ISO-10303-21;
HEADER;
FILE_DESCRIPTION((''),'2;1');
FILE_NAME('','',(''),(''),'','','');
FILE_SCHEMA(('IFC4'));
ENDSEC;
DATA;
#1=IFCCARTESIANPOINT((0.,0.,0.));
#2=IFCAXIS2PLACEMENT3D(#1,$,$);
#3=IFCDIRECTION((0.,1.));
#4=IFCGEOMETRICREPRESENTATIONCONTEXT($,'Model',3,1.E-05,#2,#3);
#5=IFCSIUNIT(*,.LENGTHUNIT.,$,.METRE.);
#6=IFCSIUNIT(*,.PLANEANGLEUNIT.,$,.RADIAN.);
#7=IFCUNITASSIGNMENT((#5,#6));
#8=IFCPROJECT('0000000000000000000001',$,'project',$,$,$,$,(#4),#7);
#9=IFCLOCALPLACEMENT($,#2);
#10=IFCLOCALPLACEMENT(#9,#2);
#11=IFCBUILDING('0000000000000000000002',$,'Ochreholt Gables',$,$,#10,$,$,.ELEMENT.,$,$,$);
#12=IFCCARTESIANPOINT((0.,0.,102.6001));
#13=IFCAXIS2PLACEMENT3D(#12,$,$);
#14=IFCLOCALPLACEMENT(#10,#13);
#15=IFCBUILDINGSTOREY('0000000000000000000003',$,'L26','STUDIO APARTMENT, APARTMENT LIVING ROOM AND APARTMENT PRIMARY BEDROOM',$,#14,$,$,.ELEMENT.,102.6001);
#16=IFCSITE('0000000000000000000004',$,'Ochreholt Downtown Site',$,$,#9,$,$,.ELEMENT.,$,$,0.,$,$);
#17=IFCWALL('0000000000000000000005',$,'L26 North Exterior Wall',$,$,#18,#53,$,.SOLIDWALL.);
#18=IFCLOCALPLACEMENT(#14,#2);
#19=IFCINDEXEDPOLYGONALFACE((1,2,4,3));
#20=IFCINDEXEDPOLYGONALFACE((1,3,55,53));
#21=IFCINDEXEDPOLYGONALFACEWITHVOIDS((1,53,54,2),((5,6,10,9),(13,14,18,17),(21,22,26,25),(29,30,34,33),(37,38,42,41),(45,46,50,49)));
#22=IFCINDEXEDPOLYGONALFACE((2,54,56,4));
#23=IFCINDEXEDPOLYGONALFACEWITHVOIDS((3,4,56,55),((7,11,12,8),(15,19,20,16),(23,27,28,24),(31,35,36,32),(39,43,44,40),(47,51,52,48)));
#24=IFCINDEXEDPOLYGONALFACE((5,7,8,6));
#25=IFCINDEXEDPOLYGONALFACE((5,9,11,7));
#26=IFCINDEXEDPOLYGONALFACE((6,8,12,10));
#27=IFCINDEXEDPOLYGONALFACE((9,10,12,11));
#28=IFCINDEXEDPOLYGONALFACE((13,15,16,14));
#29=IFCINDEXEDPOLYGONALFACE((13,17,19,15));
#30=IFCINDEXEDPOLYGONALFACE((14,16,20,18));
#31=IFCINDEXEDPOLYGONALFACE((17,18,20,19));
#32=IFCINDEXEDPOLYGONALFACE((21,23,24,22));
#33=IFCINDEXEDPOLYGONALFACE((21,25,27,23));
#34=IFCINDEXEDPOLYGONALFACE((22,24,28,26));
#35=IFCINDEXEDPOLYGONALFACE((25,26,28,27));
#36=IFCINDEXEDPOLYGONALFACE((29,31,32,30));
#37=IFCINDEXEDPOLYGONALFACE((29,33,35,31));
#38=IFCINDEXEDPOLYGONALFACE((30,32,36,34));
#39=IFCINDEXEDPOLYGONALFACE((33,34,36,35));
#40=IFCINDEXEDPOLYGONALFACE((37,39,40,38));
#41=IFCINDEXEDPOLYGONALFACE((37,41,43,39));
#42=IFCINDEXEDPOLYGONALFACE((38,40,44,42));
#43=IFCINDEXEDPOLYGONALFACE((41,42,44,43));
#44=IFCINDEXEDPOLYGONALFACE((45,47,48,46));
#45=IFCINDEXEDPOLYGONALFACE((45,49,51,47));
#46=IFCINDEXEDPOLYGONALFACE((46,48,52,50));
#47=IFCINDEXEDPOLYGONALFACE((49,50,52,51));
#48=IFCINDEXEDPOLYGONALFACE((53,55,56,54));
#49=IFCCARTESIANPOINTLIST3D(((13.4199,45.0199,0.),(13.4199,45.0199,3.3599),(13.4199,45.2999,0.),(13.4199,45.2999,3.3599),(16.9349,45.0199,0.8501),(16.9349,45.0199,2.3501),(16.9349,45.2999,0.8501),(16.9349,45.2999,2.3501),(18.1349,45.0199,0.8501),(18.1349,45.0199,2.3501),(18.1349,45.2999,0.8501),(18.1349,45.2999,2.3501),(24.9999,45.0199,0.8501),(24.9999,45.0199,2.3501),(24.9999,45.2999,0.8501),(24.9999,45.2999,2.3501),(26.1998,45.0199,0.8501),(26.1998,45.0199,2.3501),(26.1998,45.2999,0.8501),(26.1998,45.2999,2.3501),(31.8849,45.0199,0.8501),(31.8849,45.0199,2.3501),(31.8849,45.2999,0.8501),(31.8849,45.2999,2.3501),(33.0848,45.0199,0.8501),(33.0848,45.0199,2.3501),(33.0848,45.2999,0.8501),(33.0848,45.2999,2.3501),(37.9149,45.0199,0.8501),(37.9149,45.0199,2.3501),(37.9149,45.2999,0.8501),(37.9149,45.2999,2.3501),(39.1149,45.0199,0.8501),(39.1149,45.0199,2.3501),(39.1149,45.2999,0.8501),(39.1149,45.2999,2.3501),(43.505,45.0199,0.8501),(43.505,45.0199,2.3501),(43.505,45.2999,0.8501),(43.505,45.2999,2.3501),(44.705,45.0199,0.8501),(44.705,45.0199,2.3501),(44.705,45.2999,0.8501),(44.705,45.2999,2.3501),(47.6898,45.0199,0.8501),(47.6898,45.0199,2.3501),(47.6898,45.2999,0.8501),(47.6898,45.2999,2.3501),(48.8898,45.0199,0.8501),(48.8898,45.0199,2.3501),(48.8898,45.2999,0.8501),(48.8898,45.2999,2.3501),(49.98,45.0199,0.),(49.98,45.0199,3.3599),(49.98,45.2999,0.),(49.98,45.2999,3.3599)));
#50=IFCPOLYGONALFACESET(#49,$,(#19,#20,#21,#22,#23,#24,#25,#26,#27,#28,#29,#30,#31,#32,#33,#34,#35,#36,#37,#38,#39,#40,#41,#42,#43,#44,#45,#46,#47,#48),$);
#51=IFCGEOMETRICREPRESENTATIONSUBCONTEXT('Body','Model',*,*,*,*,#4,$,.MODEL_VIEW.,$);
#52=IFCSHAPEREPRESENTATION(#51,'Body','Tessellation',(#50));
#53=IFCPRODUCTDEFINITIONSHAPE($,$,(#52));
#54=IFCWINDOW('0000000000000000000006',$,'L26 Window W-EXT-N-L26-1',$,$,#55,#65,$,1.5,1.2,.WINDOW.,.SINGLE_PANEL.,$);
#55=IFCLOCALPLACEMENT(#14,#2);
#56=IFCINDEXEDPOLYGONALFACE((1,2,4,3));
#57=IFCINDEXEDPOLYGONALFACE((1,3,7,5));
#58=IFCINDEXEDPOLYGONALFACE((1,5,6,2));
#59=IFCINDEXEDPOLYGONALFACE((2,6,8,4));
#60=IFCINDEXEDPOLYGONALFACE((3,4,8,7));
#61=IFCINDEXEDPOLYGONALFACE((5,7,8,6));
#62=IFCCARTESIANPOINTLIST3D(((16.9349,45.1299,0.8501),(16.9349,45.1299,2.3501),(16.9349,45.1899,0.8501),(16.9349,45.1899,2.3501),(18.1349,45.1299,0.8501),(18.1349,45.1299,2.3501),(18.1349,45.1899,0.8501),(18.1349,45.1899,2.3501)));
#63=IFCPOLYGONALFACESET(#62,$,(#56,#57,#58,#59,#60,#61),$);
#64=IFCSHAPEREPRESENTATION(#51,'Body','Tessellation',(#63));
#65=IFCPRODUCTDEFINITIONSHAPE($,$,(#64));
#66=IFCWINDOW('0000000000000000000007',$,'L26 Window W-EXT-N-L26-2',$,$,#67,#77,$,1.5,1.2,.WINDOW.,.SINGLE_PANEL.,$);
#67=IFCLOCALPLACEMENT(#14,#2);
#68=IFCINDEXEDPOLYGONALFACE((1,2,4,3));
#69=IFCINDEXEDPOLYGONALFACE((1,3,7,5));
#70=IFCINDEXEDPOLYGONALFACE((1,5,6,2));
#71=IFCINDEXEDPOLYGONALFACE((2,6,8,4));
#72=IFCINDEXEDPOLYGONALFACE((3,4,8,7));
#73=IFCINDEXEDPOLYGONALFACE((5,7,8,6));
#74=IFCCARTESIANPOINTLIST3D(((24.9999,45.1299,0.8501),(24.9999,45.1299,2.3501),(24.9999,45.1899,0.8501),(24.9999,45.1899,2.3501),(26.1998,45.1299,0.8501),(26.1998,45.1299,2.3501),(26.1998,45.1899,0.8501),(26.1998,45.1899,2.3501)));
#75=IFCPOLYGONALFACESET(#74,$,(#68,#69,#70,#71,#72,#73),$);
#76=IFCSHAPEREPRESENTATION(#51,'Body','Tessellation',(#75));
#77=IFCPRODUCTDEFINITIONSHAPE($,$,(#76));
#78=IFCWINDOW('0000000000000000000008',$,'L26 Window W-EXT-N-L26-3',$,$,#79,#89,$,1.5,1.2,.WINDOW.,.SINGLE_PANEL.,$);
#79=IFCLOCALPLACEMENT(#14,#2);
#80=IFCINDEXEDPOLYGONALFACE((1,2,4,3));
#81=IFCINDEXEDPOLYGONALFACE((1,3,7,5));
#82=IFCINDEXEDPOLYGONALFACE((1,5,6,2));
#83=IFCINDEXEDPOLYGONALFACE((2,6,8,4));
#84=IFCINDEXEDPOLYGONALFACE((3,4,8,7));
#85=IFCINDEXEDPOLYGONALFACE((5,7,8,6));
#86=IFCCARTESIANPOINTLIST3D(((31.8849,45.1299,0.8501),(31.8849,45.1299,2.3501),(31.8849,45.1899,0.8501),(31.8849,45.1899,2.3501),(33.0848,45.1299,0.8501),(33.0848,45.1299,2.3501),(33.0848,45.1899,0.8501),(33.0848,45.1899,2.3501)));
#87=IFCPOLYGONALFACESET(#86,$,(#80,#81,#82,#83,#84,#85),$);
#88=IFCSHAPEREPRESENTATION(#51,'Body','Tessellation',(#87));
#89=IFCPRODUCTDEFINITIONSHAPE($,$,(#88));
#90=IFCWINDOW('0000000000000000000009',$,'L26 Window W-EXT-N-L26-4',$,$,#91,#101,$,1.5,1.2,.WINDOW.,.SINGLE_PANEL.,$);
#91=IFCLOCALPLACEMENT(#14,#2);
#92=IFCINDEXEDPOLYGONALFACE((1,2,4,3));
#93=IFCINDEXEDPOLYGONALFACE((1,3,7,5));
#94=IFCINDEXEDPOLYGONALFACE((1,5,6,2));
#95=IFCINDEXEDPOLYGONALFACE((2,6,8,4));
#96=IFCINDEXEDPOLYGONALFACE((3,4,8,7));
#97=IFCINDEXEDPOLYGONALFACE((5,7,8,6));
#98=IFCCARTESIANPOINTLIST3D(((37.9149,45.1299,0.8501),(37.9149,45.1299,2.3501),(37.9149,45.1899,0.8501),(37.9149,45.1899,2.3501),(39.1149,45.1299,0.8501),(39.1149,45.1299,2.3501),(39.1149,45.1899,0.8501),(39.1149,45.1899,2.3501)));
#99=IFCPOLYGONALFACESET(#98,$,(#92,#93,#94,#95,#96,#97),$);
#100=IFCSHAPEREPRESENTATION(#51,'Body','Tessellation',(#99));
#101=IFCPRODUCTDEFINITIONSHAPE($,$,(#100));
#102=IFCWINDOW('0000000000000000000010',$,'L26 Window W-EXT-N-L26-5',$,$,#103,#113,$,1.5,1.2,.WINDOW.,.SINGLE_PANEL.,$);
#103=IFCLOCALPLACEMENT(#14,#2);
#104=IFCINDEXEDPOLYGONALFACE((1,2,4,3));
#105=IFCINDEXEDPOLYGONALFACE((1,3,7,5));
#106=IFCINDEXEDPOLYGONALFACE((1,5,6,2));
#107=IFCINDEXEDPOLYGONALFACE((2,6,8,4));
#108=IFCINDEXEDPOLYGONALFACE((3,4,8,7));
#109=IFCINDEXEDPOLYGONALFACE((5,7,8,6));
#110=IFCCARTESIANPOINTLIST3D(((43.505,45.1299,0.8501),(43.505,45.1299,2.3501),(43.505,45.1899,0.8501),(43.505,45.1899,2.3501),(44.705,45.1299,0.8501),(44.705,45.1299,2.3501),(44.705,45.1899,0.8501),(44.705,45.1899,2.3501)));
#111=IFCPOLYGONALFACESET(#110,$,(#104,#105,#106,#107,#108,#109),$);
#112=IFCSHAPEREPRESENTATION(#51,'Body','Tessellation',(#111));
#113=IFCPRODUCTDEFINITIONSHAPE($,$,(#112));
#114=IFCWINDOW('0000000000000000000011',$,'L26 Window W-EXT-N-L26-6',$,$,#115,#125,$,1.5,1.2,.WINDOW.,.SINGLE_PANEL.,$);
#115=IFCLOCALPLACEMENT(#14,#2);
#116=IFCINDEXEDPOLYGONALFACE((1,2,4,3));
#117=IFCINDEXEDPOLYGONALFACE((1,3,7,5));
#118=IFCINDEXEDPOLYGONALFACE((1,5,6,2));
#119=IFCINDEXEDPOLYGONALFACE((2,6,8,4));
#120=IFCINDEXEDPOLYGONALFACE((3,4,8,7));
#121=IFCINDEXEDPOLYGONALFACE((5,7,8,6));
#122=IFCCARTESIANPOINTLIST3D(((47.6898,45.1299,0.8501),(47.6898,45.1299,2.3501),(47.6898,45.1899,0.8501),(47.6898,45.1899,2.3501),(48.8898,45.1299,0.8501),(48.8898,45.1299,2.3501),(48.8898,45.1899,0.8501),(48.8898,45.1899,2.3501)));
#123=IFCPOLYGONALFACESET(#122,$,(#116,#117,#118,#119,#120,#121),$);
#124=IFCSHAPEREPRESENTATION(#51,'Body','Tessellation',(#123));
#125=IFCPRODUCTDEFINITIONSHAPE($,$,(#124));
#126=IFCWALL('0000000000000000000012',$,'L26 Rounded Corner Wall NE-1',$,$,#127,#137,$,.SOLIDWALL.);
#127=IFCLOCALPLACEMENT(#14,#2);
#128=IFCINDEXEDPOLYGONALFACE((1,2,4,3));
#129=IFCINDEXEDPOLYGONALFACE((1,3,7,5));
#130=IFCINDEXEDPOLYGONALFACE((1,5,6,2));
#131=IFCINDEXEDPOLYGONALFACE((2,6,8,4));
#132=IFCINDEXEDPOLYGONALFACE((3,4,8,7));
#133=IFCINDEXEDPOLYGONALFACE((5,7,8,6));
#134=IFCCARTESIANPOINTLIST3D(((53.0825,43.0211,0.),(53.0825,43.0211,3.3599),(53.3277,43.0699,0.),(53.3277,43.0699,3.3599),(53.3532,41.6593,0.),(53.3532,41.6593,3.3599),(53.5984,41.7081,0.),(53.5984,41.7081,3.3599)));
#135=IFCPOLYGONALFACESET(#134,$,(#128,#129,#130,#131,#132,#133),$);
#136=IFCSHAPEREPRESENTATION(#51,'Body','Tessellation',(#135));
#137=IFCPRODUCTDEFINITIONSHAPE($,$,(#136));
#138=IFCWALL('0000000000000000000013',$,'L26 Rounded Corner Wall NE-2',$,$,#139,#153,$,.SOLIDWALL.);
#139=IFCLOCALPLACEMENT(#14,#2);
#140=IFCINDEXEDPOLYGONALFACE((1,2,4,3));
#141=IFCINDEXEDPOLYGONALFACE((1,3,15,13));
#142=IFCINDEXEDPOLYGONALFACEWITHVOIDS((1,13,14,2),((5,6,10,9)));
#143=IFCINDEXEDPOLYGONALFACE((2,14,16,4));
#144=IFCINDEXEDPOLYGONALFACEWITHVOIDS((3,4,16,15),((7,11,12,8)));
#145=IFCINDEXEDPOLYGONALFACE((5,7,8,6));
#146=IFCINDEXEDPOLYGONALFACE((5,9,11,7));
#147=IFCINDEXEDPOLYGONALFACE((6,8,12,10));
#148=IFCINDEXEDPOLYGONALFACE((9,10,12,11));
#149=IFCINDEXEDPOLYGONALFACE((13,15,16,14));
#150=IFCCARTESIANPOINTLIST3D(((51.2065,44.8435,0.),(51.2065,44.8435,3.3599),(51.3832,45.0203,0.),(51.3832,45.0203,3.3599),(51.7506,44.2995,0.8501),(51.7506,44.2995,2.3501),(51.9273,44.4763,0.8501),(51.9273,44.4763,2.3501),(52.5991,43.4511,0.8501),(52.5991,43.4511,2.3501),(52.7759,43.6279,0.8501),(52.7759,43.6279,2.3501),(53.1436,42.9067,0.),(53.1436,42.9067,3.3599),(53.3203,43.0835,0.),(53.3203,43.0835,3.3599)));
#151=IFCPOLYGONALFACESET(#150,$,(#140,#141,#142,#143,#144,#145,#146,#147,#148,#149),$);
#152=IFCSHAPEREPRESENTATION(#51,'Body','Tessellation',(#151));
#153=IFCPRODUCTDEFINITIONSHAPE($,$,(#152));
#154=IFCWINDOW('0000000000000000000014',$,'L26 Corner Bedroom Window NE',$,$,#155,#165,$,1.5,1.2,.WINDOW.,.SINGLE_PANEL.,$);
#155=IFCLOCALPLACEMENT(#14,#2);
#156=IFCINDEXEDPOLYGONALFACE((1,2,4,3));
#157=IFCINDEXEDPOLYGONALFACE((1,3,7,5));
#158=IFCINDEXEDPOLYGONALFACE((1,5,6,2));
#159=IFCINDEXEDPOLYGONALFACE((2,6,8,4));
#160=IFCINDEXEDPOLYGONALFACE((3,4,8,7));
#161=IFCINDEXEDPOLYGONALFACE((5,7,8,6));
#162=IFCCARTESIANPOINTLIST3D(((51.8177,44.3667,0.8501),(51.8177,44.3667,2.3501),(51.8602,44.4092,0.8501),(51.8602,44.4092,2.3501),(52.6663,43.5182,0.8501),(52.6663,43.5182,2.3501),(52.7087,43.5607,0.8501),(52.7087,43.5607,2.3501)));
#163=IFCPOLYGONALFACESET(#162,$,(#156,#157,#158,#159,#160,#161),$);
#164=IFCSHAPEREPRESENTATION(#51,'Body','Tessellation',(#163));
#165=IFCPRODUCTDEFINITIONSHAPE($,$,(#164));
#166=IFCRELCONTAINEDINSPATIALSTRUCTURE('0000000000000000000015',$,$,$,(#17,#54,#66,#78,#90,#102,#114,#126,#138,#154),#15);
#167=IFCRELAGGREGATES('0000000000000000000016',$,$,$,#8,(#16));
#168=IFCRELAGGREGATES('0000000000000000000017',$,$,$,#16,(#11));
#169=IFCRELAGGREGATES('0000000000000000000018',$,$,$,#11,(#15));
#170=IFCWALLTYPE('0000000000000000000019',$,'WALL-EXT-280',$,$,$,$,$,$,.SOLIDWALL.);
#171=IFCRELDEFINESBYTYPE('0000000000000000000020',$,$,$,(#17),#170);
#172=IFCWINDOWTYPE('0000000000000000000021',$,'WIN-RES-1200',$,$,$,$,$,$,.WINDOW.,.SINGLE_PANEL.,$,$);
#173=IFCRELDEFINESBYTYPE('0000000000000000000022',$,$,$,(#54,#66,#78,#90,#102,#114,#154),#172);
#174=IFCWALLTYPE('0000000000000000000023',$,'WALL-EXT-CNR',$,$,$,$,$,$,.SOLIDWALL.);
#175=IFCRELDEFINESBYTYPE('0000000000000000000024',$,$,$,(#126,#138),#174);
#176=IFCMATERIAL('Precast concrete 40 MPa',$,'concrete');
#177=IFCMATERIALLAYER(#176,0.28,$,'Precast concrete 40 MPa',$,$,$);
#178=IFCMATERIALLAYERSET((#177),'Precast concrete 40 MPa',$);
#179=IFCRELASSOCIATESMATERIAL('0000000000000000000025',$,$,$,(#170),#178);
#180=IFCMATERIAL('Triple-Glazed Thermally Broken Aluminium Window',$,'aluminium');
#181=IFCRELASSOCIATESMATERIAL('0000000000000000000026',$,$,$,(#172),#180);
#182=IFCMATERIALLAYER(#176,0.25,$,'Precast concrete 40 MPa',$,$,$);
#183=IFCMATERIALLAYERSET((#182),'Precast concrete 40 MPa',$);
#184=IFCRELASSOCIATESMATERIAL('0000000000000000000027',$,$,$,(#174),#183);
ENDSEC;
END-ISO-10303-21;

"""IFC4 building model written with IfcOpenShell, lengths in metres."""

from ifc_helpers import new_model, si_unit, direction, frame, frame_2d, origin, place, context, subcontext, project, spatial, rectangle, extrude, material, layer, layer_set, type_object, element, fill, save


model = new_model("IFC4")

# Units and contexts
model_context = context("Model", 3, precision=1e-05, world=origin(), true_north=direction((0.0, 1.0)))
body_context = subcontext(model_context, "Body", "Model", "MODEL_VIEW")
ifc_project = project(units=[si_unit("LENGTHUNIT", "METRE"), si_unit("PLANEANGLEUNIT", "RADIAN")], contexts=[model_context])

# Site, building, storey
site_placement = place(None, origin())
site = spatial("IfcSite", under=ifc_project, at=site_placement, Name="Ochreholt Downtown Site", CompositionType="ELEMENT", RefElevation=0.0)
building_placement = place(site_placement, origin())
building = spatial("IfcBuilding", under=site, at=building_placement, Name="Ochreholt Gables", CompositionType="ELEMENT")
storey_placement = place(building_placement, frame((0.0, 0.0, 102.6001)))
storey = spatial("IfcBuildingStorey", under=building, at=storey_placement, Name="L26", Description="STUDIO APARTMENT, APARTMENT LIVING ROOM AND APARTMENT PRIMARY BEDROOM", CompositionType="ELEMENT", Elevation=102.6001)

# Wall, openings, windows
ifc_material_1 = material(Name="Precast concrete 40 MPa", Category="concrete")
ifc_layer_1 = layer(ifc_material_1, 0.28, Name="Precast concrete 40 MPa")
ifc_layer_set_1 = layer_set([ifc_layer_1], Name="Precast concrete 40 MPa")
wall_type_1 = type_object("IfcWallType", Name="WALL-EXT-280", PredefinedType="SOLIDWALL", material=ifc_layer_set_1)
wall_1_placement = place(storey_placement, frame((49.98, 45.1599, 0.0), z_axis=(0.0, 0.0, 1.0), x_axis=(-1.0, 0.0, 0.0)))
wall_1 = element("IfcWall", 1, at=wall_1_placement, inside=storey, type_object=wall_type_1, Name="L26 North Exterior Wall", PredefinedType="SOLIDWALL", context=body_context, shape_type="SweptSolid", body=[
    extrude(rectangle(XDim=36.5601, YDim=0.28, at=frame_2d((18.28, 0.0))), origin(), (0.0, 0.0, 1.0), 3.3599),
])
opening_1_placement = place(wall_1_placement, frame((31.845, 0.0, 0.8501)))
opening_1 = element("IfcOpeningElement", 2, at=opening_1_placement, cuts=wall_1, PredefinedType="OPENING", context=body_context, shape_type="SweptSolid", body=[
    extrude(rectangle(XDim=1.2, YDim=1.5, at=frame_2d((0.6001, 0.75))), frame((0.0, 0.1499, 0.0), z_axis=(0.0, -1.0, 0.0), x_axis=(1.0, 0.0, 0.0)), (0.0, 0.0, 1.0), 0.3),
])
opening_2_placement = place(wall_1_placement, frame((23.78, 0.0, 0.8501)))
opening_2 = element("IfcOpeningElement", 3, at=opening_2_placement, cuts=wall_1, PredefinedType="OPENING", context=body_context, shape_type="SweptSolid", body=[
    extrude(rectangle(XDim=1.2, YDim=1.5, at=frame_2d((0.6001, 0.75))), frame((0.0, 0.1499, 0.0), z_axis=(0.0, -1.0, 0.0), x_axis=(1.0, 0.0, 0.0)), (0.0, 0.0, 1.0), 0.3),
])
opening_3_placement = place(wall_1_placement, frame((16.895, 0.0, 0.8501)))
opening_3 = element("IfcOpeningElement", 4, at=opening_3_placement, cuts=wall_1, PredefinedType="OPENING", context=body_context, shape_type="SweptSolid", body=[
    extrude(rectangle(XDim=1.2, YDim=1.5, at=frame_2d((0.6001, 0.75))), frame((0.0, 0.1499, 0.0), z_axis=(0.0, -1.0, 0.0), x_axis=(1.0, 0.0, 0.0)), (0.0, 0.0, 1.0), 0.3),
])
opening_4_placement = place(wall_1_placement, frame((10.865, 0.0, 0.8501)))
opening_4 = element("IfcOpeningElement", 5, at=opening_4_placement, cuts=wall_1, PredefinedType="OPENING", context=body_context, shape_type="SweptSolid", body=[
    extrude(rectangle(XDim=1.2, YDim=1.5, at=frame_2d((0.6001, 0.75))), frame((0.0, 0.1499, 0.0), z_axis=(0.0, -1.0, 0.0), x_axis=(1.0, 0.0, 0.0)), (0.0, 0.0, 1.0), 0.3),
])
opening_5_placement = place(wall_1_placement, frame((5.2749, 0.0, 0.8501)))
opening_5 = element("IfcOpeningElement", 6, at=opening_5_placement, cuts=wall_1, PredefinedType="OPENING", context=body_context, shape_type="SweptSolid", body=[
    extrude(rectangle(XDim=1.2, YDim=1.5, at=frame_2d((0.6001, 0.75))), frame((0.0, 0.1499, 0.0), z_axis=(0.0, -1.0, 0.0), x_axis=(1.0, 0.0, 0.0)), (0.0, 0.0, 1.0), 0.3),
])
opening_6_placement = place(wall_1_placement, frame((1.0901, 0.0, 0.8501)))
opening_6 = element("IfcOpeningElement", 7, at=opening_6_placement, cuts=wall_1, PredefinedType="OPENING", context=body_context, shape_type="SweptSolid", body=[
    extrude(rectangle(XDim=1.2, YDim=1.5, at=frame_2d((0.6001, 0.75))), frame((0.0, 0.1499, 0.0), z_axis=(0.0, -1.0, 0.0), x_axis=(1.0, 0.0, 0.0)), (0.0, 0.0, 1.0), 0.3),
])
ifc_material_2 = material(Name="Triple-Glazed Thermally Broken Aluminium Window", Category="aluminium")
window_type = type_object("IfcWindowType", Name="WIN-RES-1200", PartitioningType="SINGLE_PANEL", PredefinedType="WINDOW", material=ifc_material_2)
window_1_placement = place(opening_1_placement, origin())
window_1 = element("IfcWindow", 8, at=window_1_placement, inside=storey, type_object=window_type, Name="L26 Window W-EXT-N-L26-1", OverallHeight=1.5, OverallWidth=1.2, PartitioningType="SINGLE_PANEL", PredefinedType="WINDOW", context=body_context, shape_type="SweptSolid", body=[
    extrude(rectangle(XDim=1.2, YDim=1.5, at=frame_2d((0.6001, 0.75))), frame((0.0, 0.03, 0.0), z_axis=(0.0, -1.0, 0.0), x_axis=(1.0, 0.0, 0.0)), (0.0, 0.0, 1.0), 0.0601),
])
fill(opening_1, window_1)
window_2_placement = place(opening_2_placement, origin())
window_2 = element("IfcWindow", 9, at=window_2_placement, inside=storey, type_object=window_type, Name="L26 Window W-EXT-N-L26-2", OverallHeight=1.5, OverallWidth=1.2, PartitioningType="SINGLE_PANEL", PredefinedType="WINDOW", context=body_context, shape_type="SweptSolid", body=[
    extrude(rectangle(XDim=1.2, YDim=1.5, at=frame_2d((0.6001, 0.75))), frame((0.0, 0.03, 0.0), z_axis=(0.0, -1.0, 0.0), x_axis=(1.0, 0.0, 0.0)), (0.0, 0.0, 1.0), 0.0601),
])
fill(opening_2, window_2)
window_3_placement = place(opening_3_placement, origin())
window_3 = element("IfcWindow", 10, at=window_3_placement, inside=storey, type_object=window_type, Name="L26 Window W-EXT-N-L26-3", OverallHeight=1.5, OverallWidth=1.2, PartitioningType="SINGLE_PANEL", PredefinedType="WINDOW", context=body_context, shape_type="SweptSolid", body=[
    extrude(rectangle(XDim=1.2, YDim=1.5, at=frame_2d((0.6001, 0.75))), frame((0.0, 0.03, 0.0), z_axis=(0.0, -1.0, 0.0), x_axis=(1.0, 0.0, 0.0)), (0.0, 0.0, 1.0), 0.0601),
])
fill(opening_3, window_3)
window_4_placement = place(opening_4_placement, origin())
window_4 = element("IfcWindow", 11, at=window_4_placement, inside=storey, type_object=window_type, Name="L26 Window W-EXT-N-L26-4", OverallHeight=1.5, OverallWidth=1.2, PartitioningType="SINGLE_PANEL", PredefinedType="WINDOW", context=body_context, shape_type="SweptSolid", body=[
    extrude(rectangle(XDim=1.2, YDim=1.5, at=frame_2d((0.6001, 0.75))), frame((0.0, 0.03, 0.0), z_axis=(0.0, -1.0, 0.0), x_axis=(1.0, 0.0, 0.0)), (0.0, 0.0, 1.0), 0.0601),
])
fill(opening_4, window_4)
window_5_placement = place(opening_5_placement, origin())
window_5 = element("IfcWindow", 12, at=window_5_placement, inside=storey, type_object=window_type, Name="L26 Window W-EXT-N-L26-5", OverallHeight=1.5, OverallWidth=1.2, PartitioningType="SINGLE_PANEL", PredefinedType="WINDOW", context=body_context, shape_type="SweptSolid", body=[
    extrude(rectangle(XDim=1.2, YDim=1.5, at=frame_2d((0.6001, 0.75))), frame((0.0, 0.03, 0.0), z_axis=(0.0, -1.0, 0.0), x_axis=(1.0, 0.0, 0.0)), (0.0, 0.0, 1.0), 0.0601),
])
fill(opening_5, window_5)
window_6_placement = place(opening_6_placement, origin())
window_6 = element("IfcWindow", 13, at=window_6_placement, inside=storey, type_object=window_type, Name="L26 Window W-EXT-N-L26-6", OverallHeight=1.5, OverallWidth=1.2, PartitioningType="SINGLE_PANEL", PredefinedType="WINDOW", context=body_context, shape_type="SweptSolid", body=[
    extrude(rectangle(XDim=1.2, YDim=1.5, at=frame_2d((0.6001, 0.75))), frame((0.0, 0.03, 0.0), z_axis=(0.0, -1.0, 0.0), x_axis=(1.0, 0.0, 0.0)), (0.0, 0.0, 1.0), 0.0601),
])
fill(opening_6, window_6)

# Wall
ifc_layer_2 = layer(ifc_material_1, 0.25, Name="Precast concrete 40 MPa")
ifc_layer_set_2 = layer_set([ifc_layer_2], Name="Precast concrete 40 MPa")
wall_type_2 = type_object("IfcWallType", Name="WALL-EXT-CNR", PredefinedType="SOLIDWALL", material=ifc_layer_set_2)
wall_2_placement = place(storey_placement, frame((53.4758, 41.6836, 0.0), z_axis=(0.0, 0.0, 1.0), x_axis=(-0.195, 0.980803, 0.0)))
element("IfcWall", 14, at=wall_2_placement, inside=storey, type_object=wall_type_2, Name="L26 Rounded Corner Wall NE-1", PredefinedType="SOLIDWALL", context=body_context, shape_type="SweptSolid", body=[
    extrude(rectangle(XDim=1.3884, YDim=0.25, at=frame_2d((0.6943, 0.0))), origin(), (0.0, 0.0, 1.0), 3.3599),
])

# Wall, opening, window
wall_3_placement = place(storey_placement, frame((53.2319, 42.9951, 0.0), z_axis=(0.0, 0.0, 1.0), x_axis=(-0.707151, 0.707062, 0.0)))
wall_3 = element("IfcWall", 15, at=wall_3_placement, inside=storey, type_object=wall_type_2, Name="L26 Rounded Corner Wall NE-2", PredefinedType="SOLIDWALL", context=body_context, shape_type="SweptSolid", body=[
    extrude(rectangle(XDim=2.7393, YDim=0.25, at=frame_2d((1.3696, 0.0))), origin(), (0.0, 0.0, 1.0), 3.3599),
])
opening_7_placement = place(wall_3_placement, frame((0.7698, 0.0, 0.8501)))
opening_7 = element("IfcOpeningElement", 16, at=opening_7_placement, cuts=wall_3, PredefinedType="OPENING", context=body_context, shape_type="SweptSolid", body=[
    extrude(rectangle(XDim=1.2, YDim=1.5, at=frame_2d((0.6001, 0.75))), frame((0.0, 0.135, 0.0), z_axis=(0.0, -1.0, 0.0), x_axis=(1.0, 0.0, 0.0)), (0.0, 0.0, 1.0), 0.27),
])
window_7_placement = place(opening_7_placement, origin())
window_7 = element("IfcWindow", 17, at=window_7_placement, inside=storey, type_object=window_type, Name="L26 Corner Bedroom Window NE", OverallHeight=1.5, OverallWidth=1.2, PartitioningType="SINGLE_PANEL", PredefinedType="WINDOW", context=body_context, shape_type="SweptSolid", body=[
    extrude(rectangle(XDim=1.2, YDim=1.5, at=frame_2d((0.6001, 0.75))), frame((0.0, 0.03, 0.0), z_axis=(0.0, -1.0, 0.0), x_axis=(1.0, 0.0, 0.0)), (0.0, 0.0, 1.0), 0.0601),
])
fill(opening_7, window_7)

save(model, "model.ifc")
